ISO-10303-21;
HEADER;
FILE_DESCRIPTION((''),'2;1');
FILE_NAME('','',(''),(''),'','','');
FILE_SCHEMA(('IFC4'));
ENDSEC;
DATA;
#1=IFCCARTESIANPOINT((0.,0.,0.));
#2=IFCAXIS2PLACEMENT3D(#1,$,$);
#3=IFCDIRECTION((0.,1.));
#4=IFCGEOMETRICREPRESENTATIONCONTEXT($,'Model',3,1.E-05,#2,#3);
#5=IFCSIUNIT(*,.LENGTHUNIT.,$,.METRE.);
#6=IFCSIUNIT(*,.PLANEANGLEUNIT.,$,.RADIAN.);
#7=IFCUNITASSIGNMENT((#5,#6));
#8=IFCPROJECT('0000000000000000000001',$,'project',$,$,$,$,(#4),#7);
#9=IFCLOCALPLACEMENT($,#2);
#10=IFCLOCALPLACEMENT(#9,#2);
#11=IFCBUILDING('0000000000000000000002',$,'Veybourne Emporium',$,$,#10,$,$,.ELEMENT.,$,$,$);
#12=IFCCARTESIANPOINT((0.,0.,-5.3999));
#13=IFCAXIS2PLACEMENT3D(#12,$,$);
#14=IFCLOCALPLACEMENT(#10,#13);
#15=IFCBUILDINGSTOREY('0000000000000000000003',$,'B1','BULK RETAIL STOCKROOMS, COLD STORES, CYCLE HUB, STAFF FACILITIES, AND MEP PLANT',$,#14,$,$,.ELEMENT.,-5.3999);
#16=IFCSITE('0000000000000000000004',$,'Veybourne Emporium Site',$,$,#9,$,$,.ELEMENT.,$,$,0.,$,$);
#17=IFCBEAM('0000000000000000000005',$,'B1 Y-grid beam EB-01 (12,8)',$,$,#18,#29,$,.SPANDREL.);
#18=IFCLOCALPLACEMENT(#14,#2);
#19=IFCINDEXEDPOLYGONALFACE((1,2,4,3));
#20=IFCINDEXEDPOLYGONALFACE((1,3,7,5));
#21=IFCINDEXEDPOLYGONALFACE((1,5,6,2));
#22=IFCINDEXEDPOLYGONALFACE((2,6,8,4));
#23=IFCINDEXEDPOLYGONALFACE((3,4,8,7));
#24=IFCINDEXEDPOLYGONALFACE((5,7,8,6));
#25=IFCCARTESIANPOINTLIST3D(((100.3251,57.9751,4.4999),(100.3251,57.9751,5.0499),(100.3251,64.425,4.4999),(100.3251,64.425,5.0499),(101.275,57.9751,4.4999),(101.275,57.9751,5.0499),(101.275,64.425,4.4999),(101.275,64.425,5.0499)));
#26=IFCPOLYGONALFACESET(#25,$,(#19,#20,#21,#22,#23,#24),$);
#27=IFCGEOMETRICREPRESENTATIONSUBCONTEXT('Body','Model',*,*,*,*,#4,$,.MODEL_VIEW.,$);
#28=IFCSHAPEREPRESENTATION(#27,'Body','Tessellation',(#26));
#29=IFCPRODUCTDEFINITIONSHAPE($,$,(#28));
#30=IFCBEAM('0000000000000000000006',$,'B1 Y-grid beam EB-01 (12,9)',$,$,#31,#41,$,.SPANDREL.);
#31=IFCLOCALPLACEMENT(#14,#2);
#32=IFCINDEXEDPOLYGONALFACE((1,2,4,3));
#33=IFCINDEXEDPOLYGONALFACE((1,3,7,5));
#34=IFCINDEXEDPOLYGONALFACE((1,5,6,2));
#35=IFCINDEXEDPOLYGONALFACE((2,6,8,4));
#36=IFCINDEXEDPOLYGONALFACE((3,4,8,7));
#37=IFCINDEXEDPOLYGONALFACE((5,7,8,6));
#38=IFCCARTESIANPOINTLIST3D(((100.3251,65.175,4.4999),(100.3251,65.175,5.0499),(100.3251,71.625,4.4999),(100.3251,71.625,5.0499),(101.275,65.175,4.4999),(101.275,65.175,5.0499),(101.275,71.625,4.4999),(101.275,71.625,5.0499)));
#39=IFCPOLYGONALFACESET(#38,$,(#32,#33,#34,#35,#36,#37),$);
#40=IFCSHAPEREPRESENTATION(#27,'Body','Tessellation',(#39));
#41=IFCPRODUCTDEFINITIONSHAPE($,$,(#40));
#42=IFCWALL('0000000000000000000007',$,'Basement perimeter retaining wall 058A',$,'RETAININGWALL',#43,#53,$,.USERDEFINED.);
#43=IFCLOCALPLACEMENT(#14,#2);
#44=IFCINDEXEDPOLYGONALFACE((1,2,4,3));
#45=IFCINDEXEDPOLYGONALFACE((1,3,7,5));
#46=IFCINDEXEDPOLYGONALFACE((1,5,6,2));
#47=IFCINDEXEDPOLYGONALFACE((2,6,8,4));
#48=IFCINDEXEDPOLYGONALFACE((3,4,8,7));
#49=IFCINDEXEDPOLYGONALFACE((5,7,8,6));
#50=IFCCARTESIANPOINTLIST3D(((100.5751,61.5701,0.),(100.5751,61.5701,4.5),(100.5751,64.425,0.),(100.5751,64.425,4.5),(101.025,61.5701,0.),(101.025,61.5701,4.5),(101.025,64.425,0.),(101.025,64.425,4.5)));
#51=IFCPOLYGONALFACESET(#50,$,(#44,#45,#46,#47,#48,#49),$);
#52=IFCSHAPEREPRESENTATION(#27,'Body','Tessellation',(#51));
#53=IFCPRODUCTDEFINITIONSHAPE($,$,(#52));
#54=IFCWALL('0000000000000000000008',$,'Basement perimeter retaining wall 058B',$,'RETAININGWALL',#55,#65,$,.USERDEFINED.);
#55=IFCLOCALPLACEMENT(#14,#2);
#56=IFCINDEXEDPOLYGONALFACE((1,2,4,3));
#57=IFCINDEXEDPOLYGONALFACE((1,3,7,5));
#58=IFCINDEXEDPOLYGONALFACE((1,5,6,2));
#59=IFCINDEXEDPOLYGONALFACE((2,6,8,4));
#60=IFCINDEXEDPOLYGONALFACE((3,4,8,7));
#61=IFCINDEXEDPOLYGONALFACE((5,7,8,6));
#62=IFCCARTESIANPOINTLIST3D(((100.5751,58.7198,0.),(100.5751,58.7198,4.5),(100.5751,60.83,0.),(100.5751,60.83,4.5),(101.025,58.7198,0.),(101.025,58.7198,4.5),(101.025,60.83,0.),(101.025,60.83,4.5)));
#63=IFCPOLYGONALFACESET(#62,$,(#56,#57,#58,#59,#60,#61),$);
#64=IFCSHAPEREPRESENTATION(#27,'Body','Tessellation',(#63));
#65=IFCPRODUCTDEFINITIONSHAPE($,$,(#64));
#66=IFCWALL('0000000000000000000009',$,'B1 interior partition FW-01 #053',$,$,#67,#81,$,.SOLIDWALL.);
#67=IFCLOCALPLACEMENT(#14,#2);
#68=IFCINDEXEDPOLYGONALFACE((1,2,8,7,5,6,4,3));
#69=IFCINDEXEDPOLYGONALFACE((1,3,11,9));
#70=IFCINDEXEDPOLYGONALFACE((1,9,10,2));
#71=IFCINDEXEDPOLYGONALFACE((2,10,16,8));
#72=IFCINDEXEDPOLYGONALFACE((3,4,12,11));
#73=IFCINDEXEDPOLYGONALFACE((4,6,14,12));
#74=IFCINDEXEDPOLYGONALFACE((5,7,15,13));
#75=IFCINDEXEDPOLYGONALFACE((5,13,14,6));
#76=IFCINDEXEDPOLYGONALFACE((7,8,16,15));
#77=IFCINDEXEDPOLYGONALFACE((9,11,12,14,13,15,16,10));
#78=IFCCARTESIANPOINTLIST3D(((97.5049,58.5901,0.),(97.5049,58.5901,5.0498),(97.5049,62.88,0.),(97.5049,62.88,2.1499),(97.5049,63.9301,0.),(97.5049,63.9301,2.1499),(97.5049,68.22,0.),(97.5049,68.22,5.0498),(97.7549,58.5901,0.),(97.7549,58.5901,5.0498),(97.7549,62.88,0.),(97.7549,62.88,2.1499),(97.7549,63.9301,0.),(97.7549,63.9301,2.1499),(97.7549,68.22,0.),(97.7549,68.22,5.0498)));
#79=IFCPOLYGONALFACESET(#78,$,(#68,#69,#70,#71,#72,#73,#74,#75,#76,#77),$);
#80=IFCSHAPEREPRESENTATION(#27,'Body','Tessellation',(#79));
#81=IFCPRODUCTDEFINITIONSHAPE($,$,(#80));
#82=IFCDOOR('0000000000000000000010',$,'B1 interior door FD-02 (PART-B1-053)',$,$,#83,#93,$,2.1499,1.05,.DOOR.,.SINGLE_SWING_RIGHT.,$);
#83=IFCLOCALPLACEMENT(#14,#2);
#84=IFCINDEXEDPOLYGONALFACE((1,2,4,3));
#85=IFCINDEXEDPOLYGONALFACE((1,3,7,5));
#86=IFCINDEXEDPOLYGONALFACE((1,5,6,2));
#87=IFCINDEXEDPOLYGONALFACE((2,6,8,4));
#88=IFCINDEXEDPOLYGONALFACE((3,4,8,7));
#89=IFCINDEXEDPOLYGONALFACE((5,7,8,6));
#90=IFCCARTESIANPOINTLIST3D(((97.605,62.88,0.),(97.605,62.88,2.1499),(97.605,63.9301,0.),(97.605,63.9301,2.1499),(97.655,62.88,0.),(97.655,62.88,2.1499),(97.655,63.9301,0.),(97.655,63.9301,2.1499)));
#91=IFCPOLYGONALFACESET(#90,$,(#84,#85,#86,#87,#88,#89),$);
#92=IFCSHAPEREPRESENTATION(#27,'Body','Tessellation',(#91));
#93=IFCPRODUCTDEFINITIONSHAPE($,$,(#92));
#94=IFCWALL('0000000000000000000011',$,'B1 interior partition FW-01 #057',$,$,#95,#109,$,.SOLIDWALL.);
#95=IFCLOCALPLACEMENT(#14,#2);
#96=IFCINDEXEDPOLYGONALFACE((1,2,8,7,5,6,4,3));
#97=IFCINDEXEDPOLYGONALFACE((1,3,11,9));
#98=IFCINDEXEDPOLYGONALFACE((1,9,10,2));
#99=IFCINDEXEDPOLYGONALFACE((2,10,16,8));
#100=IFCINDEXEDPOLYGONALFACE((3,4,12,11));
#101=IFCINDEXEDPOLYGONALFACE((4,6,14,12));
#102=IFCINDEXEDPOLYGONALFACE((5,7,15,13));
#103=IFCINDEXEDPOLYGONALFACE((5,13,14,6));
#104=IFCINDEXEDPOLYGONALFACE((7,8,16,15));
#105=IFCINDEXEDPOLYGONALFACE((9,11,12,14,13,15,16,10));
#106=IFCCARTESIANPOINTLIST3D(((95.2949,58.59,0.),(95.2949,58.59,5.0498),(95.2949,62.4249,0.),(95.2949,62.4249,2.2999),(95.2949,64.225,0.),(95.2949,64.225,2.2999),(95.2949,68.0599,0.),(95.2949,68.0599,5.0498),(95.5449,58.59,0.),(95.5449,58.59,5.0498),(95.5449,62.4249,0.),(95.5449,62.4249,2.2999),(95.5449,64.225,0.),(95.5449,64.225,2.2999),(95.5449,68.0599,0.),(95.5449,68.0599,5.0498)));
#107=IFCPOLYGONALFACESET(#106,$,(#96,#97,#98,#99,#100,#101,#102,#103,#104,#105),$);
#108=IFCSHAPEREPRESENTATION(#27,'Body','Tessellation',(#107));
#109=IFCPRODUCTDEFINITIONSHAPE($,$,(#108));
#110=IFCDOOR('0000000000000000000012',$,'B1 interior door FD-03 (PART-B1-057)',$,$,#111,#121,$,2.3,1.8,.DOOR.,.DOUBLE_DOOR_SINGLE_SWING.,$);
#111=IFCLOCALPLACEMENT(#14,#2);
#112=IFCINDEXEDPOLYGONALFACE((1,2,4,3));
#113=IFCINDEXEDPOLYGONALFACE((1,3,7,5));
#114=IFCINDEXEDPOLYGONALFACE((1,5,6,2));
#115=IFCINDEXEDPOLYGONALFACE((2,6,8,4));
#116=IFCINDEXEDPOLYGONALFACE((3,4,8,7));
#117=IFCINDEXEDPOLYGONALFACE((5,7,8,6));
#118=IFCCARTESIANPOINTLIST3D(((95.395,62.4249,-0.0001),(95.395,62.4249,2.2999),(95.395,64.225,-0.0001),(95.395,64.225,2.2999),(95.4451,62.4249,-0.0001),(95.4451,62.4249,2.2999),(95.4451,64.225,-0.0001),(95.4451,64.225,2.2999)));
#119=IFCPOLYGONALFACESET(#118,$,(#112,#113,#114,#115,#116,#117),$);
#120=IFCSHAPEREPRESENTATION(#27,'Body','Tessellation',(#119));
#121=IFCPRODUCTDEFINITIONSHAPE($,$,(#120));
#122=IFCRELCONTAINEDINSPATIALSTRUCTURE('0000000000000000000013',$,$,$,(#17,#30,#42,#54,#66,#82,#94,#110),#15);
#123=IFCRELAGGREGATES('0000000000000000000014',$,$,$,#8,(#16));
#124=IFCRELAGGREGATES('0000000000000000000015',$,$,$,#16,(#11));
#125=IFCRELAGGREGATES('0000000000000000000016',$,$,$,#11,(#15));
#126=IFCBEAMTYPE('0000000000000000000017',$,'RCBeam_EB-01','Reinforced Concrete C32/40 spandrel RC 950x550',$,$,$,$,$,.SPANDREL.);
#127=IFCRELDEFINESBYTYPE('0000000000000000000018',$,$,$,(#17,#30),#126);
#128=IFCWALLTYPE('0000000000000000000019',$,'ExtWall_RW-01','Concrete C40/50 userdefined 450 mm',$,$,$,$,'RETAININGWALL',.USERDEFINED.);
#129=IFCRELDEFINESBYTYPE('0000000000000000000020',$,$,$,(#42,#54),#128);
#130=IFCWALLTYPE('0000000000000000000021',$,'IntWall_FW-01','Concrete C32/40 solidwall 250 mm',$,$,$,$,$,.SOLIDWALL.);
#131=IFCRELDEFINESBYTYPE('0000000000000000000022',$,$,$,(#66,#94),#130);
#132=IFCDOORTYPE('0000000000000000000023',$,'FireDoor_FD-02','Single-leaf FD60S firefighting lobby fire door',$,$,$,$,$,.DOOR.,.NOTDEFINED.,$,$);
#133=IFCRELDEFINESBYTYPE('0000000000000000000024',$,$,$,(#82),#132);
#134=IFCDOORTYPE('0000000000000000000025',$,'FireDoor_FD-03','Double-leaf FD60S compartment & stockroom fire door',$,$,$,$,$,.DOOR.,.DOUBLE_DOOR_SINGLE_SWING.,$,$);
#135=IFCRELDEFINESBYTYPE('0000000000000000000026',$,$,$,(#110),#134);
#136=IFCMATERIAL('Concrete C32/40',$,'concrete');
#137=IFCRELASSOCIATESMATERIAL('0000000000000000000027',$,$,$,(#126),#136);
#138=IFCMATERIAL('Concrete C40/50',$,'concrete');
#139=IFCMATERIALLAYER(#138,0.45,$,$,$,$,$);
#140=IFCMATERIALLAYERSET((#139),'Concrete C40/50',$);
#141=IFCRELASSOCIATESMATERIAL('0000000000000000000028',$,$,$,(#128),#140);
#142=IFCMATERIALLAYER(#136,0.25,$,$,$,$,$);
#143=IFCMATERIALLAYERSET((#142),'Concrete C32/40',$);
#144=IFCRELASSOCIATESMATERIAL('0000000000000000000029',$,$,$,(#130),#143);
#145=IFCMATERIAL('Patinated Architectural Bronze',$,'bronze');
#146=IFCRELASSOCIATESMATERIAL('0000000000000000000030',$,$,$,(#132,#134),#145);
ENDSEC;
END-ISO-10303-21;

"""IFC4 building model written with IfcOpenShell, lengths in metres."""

from ifc_helpers import new_model, si_unit, direction, frame, frame_2d, origin, origin_2d, place, context, subcontext, project, spatial, rectangle, extrude, material, layer, layer_set, material_profile, profile_set, type_object, element, fill, save


model = new_model("IFC4")

# Units and contexts
model_context = context("Model", 3, precision=1e-05, world=origin(), true_north=direction((0.0, 1.0)))
body_context = subcontext(model_context, "Body", "Model", "MODEL_VIEW")
ifc_project = project(units=[si_unit("LENGTHUNIT", "METRE"), si_unit("PLANEANGLEUNIT", "RADIAN")], contexts=[model_context])

# Site, building, storey
site_placement = place(None, origin())
site = spatial("IfcSite", under=ifc_project, at=site_placement, Name="Veybourne Emporium Site", CompositionType="ELEMENT", RefElevation=0.0)
building_placement = place(site_placement, origin())
building = spatial("IfcBuilding", under=site, at=building_placement, Name="Veybourne Emporium", CompositionType="ELEMENT")
storey_placement = place(building_placement, frame((0.0, 0.0, -5.3999)))
storey = spatial("IfcBuildingStorey", under=building, at=storey_placement, Name="B1", Description="BULK RETAIL STOCKROOMS, COLD STORES, CYCLE HUB, STAFF FACILITIES, AND MEP PLANT", CompositionType="ELEMENT", Elevation=-5.3999)

# Shared definitions
ifc_material_1 = material(Name="Concrete C40/50", Category="concrete")

# Beams
ifc_material_2 = material(Name="Concrete C32/40", Category="concrete")
ifc_material_profile_1 = material_profile(ifc_material_2, rectangle(XDim=0.95, YDim=0.55, at=origin_2d()), Name="RC 950x550")
ifc_profile_set_1 = profile_set([ifc_material_profile_1], Name="Concrete C32/40")
beam_type_1 = type_object("IfcBeamType", Name="RCBeam_EB-01", Description="Reinforced Concrete C32/40 spandrel RC 950x550", PredefinedType="SPANDREL", material=ifc_profile_set_1)
for number, where, z_axis, x_axis, name in (
    (1, (100.8, 57.9751, 4.7749), (0.0, 1.0, 0.0), (-1.0, 0.0, 0.0), "B1 Y-grid beam EB-01 (12,8)"),
    (2, (100.8, 65.175, 4.7749), (0.0, 1.0, 0.0), (-1.0, 0.0, 0.0), "B1 Y-grid beam EB-01 (12,9)"),
):
    element("IfcBeam", number, at=place(storey_placement, frame(where, z_axis=z_axis, x_axis=x_axis)), inside=storey, type_object=beam_type_1, Name=name, PredefinedType="SPANDREL", context=body_context, shape_type="SweptSolid", body=[
        extrude(rectangle(XDim=0.95, YDim=0.55, at=origin_2d()), origin(), (0.0, 0.0, 1.0), 6.45),
    ])

# Walls
ifc_layer_1 = layer(ifc_material_1, 0.45)
ifc_layer_set_1 = layer_set([ifc_layer_1], Name="Concrete C40/50")
wall_type_1 = type_object("IfcWallType", Name="ExtWall_RW-01", Description="Concrete C40/50 userdefined 450 mm", ElementType="RETAININGWALL", PredefinedType="USERDEFINED", material=ifc_layer_set_1)
wall_1_placement = place(storey_placement, frame((100.8, 64.425, 0.0), z_axis=(0.0, 0.0, 1.0), x_axis=(0.0, -1.0, 0.0)))
element("IfcWall", 3, at=wall_1_placement, inside=storey, type_object=wall_type_1, Name="Basement perimeter retaining wall 058A", ObjectType="RETAININGWALL", PredefinedType="USERDEFINED", context=body_context, shape_type="SweptSolid", body=[
    extrude(rectangle(XDim=2.855, YDim=0.45, at=frame_2d((1.4275, 0.0))), origin(), (0.0, 0.0, 1.0), 4.5),
])
wall_2_placement = place(storey_placement, frame((100.8, 60.8301, 0.0), z_axis=(0.0, 0.0, 1.0), x_axis=(0.0, -1.0, 0.0)))
element("IfcWall", 4, at=wall_2_placement, inside=storey, type_object=wall_type_1, Name="Basement perimeter retaining wall 058B", ObjectType="RETAININGWALL", PredefinedType="USERDEFINED", context=body_context, shape_type="SweptSolid", body=[
    extrude(rectangle(XDim=2.1101, YDim=0.45, at=frame_2d((1.0552, 0.0))), origin(), (0.0, 0.0, 1.0), 4.5),
])

# Walls, openings, doors
ifc_layer_2 = layer(ifc_material_2, 0.25)
ifc_layer_set_2 = layer_set([ifc_layer_2], Name="Concrete C32/40")
wall_type_2 = type_object("IfcWallType", Name="IntWall_FW-01", Description="Concrete C32/40 solidwall 250 mm", PredefinedType="SOLIDWALL", material=ifc_layer_set_2)
wall_3_placement = place(storey_placement, frame((97.6299, 58.5901, 0.0), z_axis=(0.0, 0.0, 1.0), x_axis=(0.0, 1.0, 0.0)))
wall_3 = element("IfcWall", 5, at=wall_3_placement, inside=storey, type_object=wall_type_2, Name="B1 interior partition FW-01 #053", PredefinedType="SOLIDWALL", context=body_context, shape_type="SweptSolid", body=[
    extrude(rectangle(XDim=9.6299, YDim=0.25, at=frame_2d((4.8149, 0.0))), origin(), (0.0, 0.0, 1.0), 5.0498),
])
opening_1_placement = place(wall_3_placement, frame((4.29, 0.0, 0.0)))
opening_1 = element("IfcOpeningElement", 6, at=opening_1_placement, cuts=wall_3, PredefinedType="OPENING", context=body_context, shape_type="SweptSolid", body=[
    extrude(rectangle(XDim=1.05, YDim=2.1499, at=frame_2d((0.5249, 1.075))), frame((0.0, 0.145, 0.0), z_axis=(0.0, -1.0, 0.0), x_axis=(1.0, 0.0, 0.0)), (0.0, 0.0, 1.0), 0.29),
])
ifc_material_3 = material(Name="Patinated Architectural Bronze", Category="bronze")
door_type_1 = type_object("IfcDoorType", Name="FireDoor_FD-02", Description="Single-leaf FD60S firefighting lobby fire door", OperationType="NOTDEFINED", PredefinedType="DOOR", material=ifc_material_3)
door_1_placement = place(opening_1_placement, origin())
door_1 = element("IfcDoor", 7, at=door_1_placement, inside=storey, type_object=door_type_1, Name="B1 interior door FD-02 (PART-B1-053)", OperationType="SINGLE_SWING_RIGHT", OverallHeight=2.1499, OverallWidth=1.05, PredefinedType="DOOR", context=body_context, shape_type="SweptSolid", body=[
    extrude(rectangle(XDim=1.05, YDim=2.1499, at=frame_2d((0.5249, 1.075))), frame((0.0, 0.0249, 0.0), z_axis=(0.0, -1.0, 0.0), x_axis=(1.0, 0.0, 0.0)), (0.0, 0.0, 1.0), 0.05),
])
fill(opening_1, door_1)
wall_4_placement = place(storey_placement, frame((95.4199, 58.5901, 0.0), z_axis=(0.0, 0.0, 1.0), x_axis=(0.0, 1.0, 0.0)))
wall_4 = element("IfcWall", 8, at=wall_4_placement, inside=storey, type_object=wall_type_2, Name="B1 interior partition FW-01 #057", PredefinedType="SOLIDWALL", context=body_context, shape_type="SweptSolid", body=[
    extrude(rectangle(XDim=9.47, YDim=0.25, at=frame_2d((4.7349, 0.0))), origin(), (0.0, 0.0, 1.0), 5.0498),
])
opening_2_placement = place(wall_4_placement, frame((3.835, 0.0, 0.0)))
opening_2 = element("IfcOpeningElement", 9, at=opening_2_placement, cuts=wall_4, PredefinedType="OPENING", context=body_context, shape_type="SweptSolid", body=[
    extrude(rectangle(XDim=1.8, YDim=2.3, at=frame_2d((0.8999, 1.1499))), frame((0.0, 0.145, 0.0), z_axis=(0.0, -1.0, 0.0), x_axis=(1.0, 0.0, 0.0)), (0.0, 0.0, 1.0), 0.29),
])
door_type_2 = type_object("IfcDoorType", Name="FireDoor_FD-03", Description="Double-leaf FD60S compartment & stockroom fire door", OperationType="DOUBLE_DOOR_SINGLE_SWING", PredefinedType="DOOR", material=ifc_material_3)
door_2_placement = place(opening_2_placement, origin())
door_2 = element("IfcDoor", 10, at=door_2_placement, inside=storey, type_object=door_type_2, Name="B1 interior door FD-03 (PART-B1-057)", OperationType="DOUBLE_DOOR_SINGLE_SWING", OverallHeight=2.3, OverallWidth=1.8, PredefinedType="DOOR", context=body_context, shape_type="SweptSolid", body=[
    extrude(rectangle(XDim=1.8, YDim=2.3, at=frame_2d((0.8999, 1.1499))), frame((0.0, 0.0249, 0.0), z_axis=(0.0, -1.0, 0.0), x_axis=(1.0, 0.0, 0.0)), (0.0, 0.0, 1.0), 0.05),
])
fill(opening_2, door_2)

save(model, "model.ifc")
